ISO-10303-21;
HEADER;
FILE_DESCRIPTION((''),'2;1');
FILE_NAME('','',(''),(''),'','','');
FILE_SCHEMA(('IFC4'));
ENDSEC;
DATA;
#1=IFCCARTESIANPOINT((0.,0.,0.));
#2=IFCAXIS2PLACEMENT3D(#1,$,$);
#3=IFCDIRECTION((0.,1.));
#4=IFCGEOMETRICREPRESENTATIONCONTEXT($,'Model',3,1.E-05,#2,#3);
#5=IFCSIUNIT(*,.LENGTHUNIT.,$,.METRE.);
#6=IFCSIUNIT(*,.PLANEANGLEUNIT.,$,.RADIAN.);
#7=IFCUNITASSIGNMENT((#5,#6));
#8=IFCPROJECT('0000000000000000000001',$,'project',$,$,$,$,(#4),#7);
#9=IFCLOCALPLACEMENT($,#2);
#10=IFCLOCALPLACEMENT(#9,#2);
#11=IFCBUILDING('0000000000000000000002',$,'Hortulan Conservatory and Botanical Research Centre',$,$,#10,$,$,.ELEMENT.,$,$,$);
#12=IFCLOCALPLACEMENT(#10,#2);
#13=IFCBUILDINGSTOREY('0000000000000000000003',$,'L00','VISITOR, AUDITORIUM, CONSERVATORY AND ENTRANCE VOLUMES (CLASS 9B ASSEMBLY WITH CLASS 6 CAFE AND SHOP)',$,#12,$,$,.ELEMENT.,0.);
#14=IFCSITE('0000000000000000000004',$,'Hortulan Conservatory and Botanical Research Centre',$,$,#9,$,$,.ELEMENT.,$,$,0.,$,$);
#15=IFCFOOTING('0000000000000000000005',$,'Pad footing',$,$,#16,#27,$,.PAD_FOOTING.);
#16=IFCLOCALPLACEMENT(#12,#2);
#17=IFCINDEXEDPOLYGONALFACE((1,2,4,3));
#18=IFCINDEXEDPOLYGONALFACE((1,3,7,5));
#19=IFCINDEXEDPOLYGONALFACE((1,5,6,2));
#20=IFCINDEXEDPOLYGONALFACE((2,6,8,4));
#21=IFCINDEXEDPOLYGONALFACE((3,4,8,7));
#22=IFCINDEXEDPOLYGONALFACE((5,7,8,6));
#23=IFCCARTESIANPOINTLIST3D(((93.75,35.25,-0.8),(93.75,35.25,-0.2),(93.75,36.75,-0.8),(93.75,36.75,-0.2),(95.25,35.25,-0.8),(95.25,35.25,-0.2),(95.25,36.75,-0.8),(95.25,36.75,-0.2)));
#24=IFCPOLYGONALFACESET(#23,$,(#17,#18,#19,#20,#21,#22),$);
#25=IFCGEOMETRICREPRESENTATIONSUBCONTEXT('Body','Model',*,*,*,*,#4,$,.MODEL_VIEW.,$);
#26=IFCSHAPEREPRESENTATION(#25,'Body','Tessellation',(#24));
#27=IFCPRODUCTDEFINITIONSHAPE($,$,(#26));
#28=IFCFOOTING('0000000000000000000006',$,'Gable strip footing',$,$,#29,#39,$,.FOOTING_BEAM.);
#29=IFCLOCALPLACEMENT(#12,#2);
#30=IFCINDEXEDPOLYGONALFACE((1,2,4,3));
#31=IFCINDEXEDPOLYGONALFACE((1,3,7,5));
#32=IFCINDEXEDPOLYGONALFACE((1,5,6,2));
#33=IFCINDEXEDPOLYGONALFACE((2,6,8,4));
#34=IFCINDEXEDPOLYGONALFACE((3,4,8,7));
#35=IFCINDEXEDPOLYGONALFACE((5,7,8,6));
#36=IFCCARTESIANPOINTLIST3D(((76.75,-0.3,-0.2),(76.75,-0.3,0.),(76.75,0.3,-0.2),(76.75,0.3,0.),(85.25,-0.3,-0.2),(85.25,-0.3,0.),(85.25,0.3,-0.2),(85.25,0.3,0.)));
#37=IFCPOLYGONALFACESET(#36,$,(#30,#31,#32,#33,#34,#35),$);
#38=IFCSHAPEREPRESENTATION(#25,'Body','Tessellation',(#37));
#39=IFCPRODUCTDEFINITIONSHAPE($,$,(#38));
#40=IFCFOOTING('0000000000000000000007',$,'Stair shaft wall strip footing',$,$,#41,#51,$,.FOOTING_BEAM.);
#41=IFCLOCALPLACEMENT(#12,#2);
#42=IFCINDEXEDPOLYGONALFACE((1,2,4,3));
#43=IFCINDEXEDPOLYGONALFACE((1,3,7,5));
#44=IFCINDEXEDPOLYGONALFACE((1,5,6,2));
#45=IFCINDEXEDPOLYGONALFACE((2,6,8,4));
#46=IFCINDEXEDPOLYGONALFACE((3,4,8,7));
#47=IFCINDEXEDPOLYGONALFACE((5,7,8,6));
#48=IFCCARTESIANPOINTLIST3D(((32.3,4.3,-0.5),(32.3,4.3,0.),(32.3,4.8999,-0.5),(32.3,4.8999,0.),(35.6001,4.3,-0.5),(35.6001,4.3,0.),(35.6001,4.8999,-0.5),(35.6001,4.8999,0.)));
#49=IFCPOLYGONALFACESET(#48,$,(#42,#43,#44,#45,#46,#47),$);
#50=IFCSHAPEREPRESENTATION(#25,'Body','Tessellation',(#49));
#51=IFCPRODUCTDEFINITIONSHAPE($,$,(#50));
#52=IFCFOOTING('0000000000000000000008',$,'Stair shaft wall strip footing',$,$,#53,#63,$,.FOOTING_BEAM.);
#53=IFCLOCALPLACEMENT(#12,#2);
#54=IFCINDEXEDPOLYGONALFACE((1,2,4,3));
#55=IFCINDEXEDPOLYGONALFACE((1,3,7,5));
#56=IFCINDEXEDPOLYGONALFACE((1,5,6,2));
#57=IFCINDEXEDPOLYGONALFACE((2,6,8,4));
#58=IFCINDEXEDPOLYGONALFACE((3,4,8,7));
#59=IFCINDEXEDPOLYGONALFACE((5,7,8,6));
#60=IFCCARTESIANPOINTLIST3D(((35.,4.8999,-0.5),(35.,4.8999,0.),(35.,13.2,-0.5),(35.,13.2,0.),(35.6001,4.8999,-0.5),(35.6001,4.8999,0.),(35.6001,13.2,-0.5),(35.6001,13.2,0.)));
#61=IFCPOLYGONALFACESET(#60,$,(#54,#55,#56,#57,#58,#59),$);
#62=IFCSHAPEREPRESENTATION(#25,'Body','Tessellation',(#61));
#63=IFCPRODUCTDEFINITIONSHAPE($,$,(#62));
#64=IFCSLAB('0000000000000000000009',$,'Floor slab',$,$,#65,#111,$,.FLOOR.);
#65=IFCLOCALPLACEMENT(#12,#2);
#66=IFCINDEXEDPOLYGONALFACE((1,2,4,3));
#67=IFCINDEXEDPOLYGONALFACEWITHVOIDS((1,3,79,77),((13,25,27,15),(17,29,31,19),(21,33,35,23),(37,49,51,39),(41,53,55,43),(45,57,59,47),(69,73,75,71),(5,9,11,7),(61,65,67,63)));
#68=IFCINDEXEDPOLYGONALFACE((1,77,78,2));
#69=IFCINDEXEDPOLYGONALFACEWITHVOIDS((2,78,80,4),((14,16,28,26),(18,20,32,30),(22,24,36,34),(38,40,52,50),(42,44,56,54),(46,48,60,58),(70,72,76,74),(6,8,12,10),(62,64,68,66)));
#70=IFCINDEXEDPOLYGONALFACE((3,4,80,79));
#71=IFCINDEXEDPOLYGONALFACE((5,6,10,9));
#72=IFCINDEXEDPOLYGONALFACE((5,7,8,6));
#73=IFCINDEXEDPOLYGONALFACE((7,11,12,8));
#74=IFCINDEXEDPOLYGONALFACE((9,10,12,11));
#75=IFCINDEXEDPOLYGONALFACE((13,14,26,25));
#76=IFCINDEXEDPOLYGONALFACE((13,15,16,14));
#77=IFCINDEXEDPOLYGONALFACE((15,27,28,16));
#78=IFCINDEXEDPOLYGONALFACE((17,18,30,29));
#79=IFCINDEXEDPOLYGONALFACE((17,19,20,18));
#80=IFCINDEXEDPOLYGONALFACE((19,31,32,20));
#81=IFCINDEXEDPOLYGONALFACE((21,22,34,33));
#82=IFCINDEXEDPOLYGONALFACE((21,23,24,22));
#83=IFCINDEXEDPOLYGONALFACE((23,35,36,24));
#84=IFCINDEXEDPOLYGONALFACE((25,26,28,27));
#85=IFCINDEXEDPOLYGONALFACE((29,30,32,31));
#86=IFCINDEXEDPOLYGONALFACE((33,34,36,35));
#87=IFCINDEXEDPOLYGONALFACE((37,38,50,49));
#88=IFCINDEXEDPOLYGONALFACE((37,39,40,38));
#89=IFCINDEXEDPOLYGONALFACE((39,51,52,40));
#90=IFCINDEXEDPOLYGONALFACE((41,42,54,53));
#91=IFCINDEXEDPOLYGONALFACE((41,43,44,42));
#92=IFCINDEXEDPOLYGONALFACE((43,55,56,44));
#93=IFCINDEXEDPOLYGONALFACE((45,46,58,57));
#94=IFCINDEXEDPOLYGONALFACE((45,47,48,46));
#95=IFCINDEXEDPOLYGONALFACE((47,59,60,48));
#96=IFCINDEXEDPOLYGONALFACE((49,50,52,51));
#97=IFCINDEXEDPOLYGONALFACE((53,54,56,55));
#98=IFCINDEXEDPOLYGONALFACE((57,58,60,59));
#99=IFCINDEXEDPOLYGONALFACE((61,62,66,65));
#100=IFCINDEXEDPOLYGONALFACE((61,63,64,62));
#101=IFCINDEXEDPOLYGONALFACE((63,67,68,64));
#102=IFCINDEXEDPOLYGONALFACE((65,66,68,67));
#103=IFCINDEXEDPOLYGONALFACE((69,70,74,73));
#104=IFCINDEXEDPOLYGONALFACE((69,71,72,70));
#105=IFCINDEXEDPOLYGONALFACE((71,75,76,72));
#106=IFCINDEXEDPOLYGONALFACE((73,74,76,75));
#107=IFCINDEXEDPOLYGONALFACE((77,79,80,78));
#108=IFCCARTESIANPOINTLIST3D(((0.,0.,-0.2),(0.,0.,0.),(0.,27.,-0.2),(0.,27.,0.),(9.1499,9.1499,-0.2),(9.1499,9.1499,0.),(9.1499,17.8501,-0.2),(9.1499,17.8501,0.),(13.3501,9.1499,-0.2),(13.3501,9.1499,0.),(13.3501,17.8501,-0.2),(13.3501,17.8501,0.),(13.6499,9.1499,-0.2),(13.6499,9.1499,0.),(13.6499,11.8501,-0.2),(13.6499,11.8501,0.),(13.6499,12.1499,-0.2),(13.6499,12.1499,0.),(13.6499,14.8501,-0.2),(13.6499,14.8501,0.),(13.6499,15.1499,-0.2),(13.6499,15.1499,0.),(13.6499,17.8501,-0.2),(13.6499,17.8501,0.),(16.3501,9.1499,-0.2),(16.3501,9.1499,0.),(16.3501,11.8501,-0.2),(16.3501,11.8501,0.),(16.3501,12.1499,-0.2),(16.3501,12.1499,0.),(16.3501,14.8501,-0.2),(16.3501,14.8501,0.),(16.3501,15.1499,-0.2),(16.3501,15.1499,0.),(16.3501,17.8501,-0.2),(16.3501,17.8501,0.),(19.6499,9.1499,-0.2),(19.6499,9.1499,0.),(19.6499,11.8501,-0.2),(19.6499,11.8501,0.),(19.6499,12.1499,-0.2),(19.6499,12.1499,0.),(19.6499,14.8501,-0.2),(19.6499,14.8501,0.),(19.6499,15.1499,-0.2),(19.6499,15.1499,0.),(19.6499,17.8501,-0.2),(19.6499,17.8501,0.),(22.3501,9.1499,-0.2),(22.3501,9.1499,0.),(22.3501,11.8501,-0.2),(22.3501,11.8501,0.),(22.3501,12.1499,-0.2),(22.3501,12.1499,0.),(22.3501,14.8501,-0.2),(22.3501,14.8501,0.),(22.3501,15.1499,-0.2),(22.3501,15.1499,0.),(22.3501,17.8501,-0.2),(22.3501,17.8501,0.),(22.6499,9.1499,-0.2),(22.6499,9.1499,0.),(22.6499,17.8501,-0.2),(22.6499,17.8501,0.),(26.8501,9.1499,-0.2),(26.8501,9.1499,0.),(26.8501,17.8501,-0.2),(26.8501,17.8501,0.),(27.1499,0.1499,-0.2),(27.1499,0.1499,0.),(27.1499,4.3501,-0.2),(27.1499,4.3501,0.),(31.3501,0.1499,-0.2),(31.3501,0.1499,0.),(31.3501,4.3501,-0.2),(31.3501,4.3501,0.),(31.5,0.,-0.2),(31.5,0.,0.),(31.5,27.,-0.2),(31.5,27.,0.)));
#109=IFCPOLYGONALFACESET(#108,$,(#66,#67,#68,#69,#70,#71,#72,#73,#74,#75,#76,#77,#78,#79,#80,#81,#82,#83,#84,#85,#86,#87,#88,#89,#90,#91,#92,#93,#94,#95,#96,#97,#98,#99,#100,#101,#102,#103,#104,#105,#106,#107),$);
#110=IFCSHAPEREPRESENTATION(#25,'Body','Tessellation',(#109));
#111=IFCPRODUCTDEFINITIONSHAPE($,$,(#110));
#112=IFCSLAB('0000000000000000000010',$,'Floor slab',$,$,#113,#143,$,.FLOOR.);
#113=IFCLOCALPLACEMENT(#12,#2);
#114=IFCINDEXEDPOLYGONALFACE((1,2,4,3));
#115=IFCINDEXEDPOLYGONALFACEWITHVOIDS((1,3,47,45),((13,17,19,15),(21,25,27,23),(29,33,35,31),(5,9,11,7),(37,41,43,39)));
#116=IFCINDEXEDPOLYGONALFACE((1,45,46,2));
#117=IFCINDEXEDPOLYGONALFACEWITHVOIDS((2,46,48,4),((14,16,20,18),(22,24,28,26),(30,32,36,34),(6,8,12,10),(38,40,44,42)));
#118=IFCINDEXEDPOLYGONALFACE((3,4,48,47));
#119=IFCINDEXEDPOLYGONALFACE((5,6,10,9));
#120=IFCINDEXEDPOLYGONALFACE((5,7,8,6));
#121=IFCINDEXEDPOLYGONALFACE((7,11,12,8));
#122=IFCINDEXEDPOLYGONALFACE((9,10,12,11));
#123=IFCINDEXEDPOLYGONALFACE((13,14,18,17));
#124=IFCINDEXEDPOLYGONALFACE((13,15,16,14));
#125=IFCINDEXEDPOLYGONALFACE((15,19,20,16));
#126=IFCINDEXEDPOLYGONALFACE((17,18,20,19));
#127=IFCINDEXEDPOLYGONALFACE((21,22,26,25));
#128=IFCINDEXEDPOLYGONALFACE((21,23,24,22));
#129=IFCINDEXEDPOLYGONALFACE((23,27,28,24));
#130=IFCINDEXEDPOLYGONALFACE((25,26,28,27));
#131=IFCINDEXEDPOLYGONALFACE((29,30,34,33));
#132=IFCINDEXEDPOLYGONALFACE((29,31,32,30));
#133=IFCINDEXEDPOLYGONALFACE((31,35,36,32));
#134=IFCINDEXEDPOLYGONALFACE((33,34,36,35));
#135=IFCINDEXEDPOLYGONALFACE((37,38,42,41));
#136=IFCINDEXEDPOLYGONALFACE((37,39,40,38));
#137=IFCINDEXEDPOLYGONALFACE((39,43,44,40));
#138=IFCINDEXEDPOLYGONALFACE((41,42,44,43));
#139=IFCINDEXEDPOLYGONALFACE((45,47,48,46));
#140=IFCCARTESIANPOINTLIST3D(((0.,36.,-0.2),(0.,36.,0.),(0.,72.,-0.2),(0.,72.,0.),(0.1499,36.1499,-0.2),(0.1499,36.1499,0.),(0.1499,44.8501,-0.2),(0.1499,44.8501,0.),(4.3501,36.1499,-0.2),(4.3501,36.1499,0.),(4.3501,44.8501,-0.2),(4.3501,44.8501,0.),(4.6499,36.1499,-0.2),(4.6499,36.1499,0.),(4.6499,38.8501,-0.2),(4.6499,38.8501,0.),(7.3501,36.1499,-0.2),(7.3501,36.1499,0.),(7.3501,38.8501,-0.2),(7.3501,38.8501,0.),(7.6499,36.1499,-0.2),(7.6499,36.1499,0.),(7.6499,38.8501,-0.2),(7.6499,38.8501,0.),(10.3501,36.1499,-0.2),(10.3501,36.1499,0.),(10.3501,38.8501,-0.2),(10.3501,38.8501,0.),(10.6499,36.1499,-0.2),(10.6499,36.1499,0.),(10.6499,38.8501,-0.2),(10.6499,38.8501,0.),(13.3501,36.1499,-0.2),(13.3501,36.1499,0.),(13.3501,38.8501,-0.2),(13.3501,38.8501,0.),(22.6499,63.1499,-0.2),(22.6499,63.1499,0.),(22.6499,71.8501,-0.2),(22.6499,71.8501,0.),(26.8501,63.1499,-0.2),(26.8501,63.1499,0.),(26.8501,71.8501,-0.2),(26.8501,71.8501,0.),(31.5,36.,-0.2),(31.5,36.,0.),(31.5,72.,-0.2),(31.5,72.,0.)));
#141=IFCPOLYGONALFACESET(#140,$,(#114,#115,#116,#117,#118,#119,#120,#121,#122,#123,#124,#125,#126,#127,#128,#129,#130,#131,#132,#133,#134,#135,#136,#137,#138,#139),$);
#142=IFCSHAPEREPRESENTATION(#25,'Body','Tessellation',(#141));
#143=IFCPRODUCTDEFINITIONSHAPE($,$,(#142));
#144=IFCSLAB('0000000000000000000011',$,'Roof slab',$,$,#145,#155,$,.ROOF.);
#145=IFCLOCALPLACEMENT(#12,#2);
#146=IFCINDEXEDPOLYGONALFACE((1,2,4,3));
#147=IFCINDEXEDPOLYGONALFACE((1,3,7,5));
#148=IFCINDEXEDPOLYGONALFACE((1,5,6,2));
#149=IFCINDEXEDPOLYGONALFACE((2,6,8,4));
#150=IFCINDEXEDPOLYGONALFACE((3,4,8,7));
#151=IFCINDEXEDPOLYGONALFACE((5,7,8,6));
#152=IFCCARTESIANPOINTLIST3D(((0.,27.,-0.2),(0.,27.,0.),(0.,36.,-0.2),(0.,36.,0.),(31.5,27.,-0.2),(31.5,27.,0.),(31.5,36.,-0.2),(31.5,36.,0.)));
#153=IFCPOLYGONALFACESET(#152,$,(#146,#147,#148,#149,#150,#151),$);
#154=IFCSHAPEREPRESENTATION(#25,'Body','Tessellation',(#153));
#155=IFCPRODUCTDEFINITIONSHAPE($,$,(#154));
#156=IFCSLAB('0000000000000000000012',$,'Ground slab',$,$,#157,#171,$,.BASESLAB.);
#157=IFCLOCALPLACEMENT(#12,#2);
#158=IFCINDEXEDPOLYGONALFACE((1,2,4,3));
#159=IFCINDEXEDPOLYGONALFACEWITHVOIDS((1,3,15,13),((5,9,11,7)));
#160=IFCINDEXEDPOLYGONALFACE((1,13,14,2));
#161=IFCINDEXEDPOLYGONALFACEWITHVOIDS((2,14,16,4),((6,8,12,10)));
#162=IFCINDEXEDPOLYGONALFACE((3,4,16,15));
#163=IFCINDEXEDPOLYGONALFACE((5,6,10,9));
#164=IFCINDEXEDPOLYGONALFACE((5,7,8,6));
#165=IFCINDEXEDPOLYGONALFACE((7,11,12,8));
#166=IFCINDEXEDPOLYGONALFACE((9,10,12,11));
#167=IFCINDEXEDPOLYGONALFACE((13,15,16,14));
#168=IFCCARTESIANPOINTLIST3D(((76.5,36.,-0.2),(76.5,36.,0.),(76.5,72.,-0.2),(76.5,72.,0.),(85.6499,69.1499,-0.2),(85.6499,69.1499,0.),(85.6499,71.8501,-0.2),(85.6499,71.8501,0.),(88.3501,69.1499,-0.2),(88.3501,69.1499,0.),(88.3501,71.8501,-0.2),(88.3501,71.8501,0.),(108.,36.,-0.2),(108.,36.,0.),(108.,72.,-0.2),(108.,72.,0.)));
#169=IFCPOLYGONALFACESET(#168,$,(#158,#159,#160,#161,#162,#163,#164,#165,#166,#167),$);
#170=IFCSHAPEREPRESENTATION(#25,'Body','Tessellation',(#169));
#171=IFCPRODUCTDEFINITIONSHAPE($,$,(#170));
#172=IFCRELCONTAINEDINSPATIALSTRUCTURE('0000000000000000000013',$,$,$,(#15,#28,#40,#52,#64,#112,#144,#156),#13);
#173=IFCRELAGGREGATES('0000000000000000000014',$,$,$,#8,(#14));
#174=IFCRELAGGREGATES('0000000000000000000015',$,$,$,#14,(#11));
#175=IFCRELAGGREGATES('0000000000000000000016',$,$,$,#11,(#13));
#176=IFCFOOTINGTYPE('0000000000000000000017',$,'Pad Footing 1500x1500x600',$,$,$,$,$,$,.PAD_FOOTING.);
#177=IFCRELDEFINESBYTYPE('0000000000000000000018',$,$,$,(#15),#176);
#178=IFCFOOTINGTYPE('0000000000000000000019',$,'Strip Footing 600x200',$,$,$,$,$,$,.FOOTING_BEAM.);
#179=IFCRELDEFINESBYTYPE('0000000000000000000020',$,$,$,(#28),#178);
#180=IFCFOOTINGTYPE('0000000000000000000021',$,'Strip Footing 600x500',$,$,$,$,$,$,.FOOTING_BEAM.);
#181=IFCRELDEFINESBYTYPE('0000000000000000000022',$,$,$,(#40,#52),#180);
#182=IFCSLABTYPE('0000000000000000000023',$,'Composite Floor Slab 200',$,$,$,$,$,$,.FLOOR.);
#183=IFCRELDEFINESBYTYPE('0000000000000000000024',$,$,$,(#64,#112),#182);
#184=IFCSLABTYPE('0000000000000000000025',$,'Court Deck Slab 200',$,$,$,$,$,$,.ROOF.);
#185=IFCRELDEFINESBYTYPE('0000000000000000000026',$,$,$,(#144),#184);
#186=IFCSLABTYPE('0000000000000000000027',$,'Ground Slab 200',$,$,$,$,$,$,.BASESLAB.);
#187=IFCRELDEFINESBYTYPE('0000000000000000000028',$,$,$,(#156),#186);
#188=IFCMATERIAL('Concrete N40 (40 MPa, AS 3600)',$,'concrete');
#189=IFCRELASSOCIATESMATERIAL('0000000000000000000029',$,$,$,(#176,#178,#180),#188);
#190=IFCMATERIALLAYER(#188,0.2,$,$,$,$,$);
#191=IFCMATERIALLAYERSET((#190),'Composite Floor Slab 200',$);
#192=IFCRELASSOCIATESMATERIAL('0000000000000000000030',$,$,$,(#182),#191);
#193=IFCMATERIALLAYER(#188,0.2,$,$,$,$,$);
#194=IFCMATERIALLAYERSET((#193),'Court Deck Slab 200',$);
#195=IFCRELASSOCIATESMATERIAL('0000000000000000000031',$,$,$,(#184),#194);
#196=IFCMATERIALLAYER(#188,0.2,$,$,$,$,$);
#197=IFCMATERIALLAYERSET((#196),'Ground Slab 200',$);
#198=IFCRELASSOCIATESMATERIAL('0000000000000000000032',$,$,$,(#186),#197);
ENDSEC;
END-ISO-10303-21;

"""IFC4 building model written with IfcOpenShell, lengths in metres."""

from ifc_helpers import new_model, si_unit, direction, frame, origin, place, context, subcontext, project, spatial, polyline, outline, extrude, material, layer, layer_set, type_object, element, save


model = new_model("IFC4")

# Units and contexts
model_context = context("Model", 3, precision=1e-05, world=origin(), true_north=direction((0.0, 1.0)))
body_context = subcontext(model_context, "Body", "Model", "MODEL_VIEW")
ifc_project = project(units=[si_unit("LENGTHUNIT", "METRE"), si_unit("PLANEANGLEUNIT", "RADIAN")], contexts=[model_context])

# Site, building, storey
site_placement = place(None, origin())
site = spatial("IfcSite", under=ifc_project, at=site_placement, Name="Hortulan Conservatory and Botanical Research Centre", CompositionType="ELEMENT", RefElevation=0.0)
building_placement = place(site_placement, origin())
building = spatial("IfcBuilding", under=site, at=building_placement, Name="Hortulan Conservatory and Botanical Research Centre", CompositionType="ELEMENT")
storey_placement = place(building_placement, origin())
storey = spatial("IfcBuildingStorey", under=building, at=storey_placement, Name="L00", Description="VISITOR, AUDITORIUM, CONSERVATORY AND ENTRANCE VOLUMES (CLASS 9B ASSEMBLY WITH CLASS 6 CAFE AND SHOP)", CompositionType="ELEMENT", Elevation=0.0)

# Footings
ifc_material = material(Name="Concrete N40 (40 MPa, AS 3600)", Category="concrete")
footing_type_1 = type_object("IfcFootingType", Name="Pad Footing 1500x1500x600", PredefinedType="PAD_FOOTING", material=ifc_material)
footing_1_placement = place(storey_placement, frame((0.0, 0.0, -0.8)))
element("IfcFooting", 1, at=footing_1_placement, inside=storey, type_object=footing_type_1, Name="Pad footing", PredefinedType="PAD_FOOTING", context=body_context, shape_type="SweptSolid", body=[
    extrude(outline(polyline([(93.75, 35.25), (95.25, 35.25), (95.25, 36.75), (93.75, 36.75), (93.75, 35.25)])), origin(), (0.0, 0.0, 1.0), 0.6001),
])
footing_type_2 = type_object("IfcFootingType", Name="Strip Footing 600x200", PredefinedType="FOOTING_BEAM", material=ifc_material)
footing_2_placement = place(storey_placement, frame((0.0, 0.0, -0.2)))
element("IfcFooting", 2, at=footing_2_placement, inside=storey, type_object=footing_type_2, Name="Gable strip footing", PredefinedType="FOOTING_BEAM", context=body_context, shape_type="SweptSolid", body=[
    extrude(outline(polyline([(85.25, -0.3), (85.25, 0.3), (76.75, 0.3), (76.75, -0.3), (85.25, -0.3)])), origin(), (0.0, 0.0, 1.0), 0.2),
])
footing_type_3 = type_object("IfcFootingType", Name="Strip Footing 600x500", PredefinedType="FOOTING_BEAM", material=ifc_material)
footing_3_placement = place(storey_placement, frame((0.0, 0.0, -0.5)))
element("IfcFooting", 3, at=footing_3_placement, inside=storey, type_object=footing_type_3, Name="Stair shaft wall strip footing", PredefinedType="FOOTING_BEAM", context=body_context, shape_type="SweptSolid", body=[
    extrude(outline(polyline([(35.6001, 4.3), (35.6001, 4.8999), (32.3, 4.8999), (32.3, 4.3), (35.6001, 4.3)])), origin(), (0.0, 0.0, 1.0), 0.5),
])
footing_4_placement = place(storey_placement, frame((0.0, 0.0, -0.5)))
element("IfcFooting", 4, at=footing_4_placement, inside=storey, type_object=footing_type_3, Name="Stair shaft wall strip footing", PredefinedType="FOOTING_BEAM", context=body_context, shape_type="SweptSolid", body=[
    extrude(outline(polyline([(35.6001, 4.8999), (35.6001, 13.2), (35.0, 13.2), (35.0, 4.8999), (35.6001, 4.8999)])), origin(), (0.0, 0.0, 1.0), 0.5),
])

# Slabs
ifc_layer_1 = layer(ifc_material, 0.2)
ifc_layer_set_1 = layer_set([ifc_layer_1], Name="Composite Floor Slab 200")
slab_type_1 = type_object("IfcSlabType", Name="Composite Floor Slab 200", PredefinedType="FLOOR", material=ifc_layer_set_1)
slab_1_placement = place(storey_placement, frame((0.0, 0.0, -0.2)))
element("IfcSlab", 5, at=slab_1_placement, inside=storey, type_object=slab_type_1, Name="Floor slab", PredefinedType="FLOOR", context=body_context, shape_type="SweptSolid", body=[
    extrude(outline(polyline([(0.0, 0.0), (31.5, 0.0), (31.5, 27.0), (0.0, 27.0), (0.0, 0.0)]), holes=[polyline([(27.1499, 4.3501), (27.1499, 0.1499), (31.3501, 0.1499), (31.3501, 4.3501), (27.1499, 4.3501)]), polyline([(13.6499, 11.8501), (13.6499, 9.1499), (16.3501, 9.1499), (16.3501, 11.8501), (13.6499, 11.8501)]), polyline([(19.6499, 11.8501), (19.6499, 9.1499), (22.3501, 9.1499), (22.3501, 11.8501), (19.6499, 11.8501)]), polyline([(9.1499, 17.8501), (9.1499, 9.1499), (13.3501, 9.1499), (13.3501, 17.8501), (9.1499, 17.8501)]), polyline([(13.6499, 14.8501), (13.6499, 12.1499), (16.3501, 12.1499), (16.3501, 14.8501), (13.6499, 14.8501)]), polyline([(19.6499, 14.8501), (19.6499, 12.1499), (22.3501, 12.1499), (22.3501, 14.8501), (19.6499, 14.8501)]), polyline([(22.6499, 17.8501), (22.6499, 9.1499), (26.8501, 9.1499), (26.8501, 17.8501), (22.6499, 17.8501)]), polyline([(16.3501, 17.8501), (13.6499, 17.8501), (13.6499, 15.1499), (16.3501, 15.1499), (16.3501, 17.8501)]), polyline([(22.3501, 17.8501), (19.6499, 17.8501), (19.6499, 15.1499), (22.3501, 15.1499), (22.3501, 17.8501)])]), origin(), (0.0, 0.0, 1.0), 0.2),
])
slab_2_placement = place(storey_placement, frame((0.0, 0.0, -0.2)))
element("IfcSlab", 6, at=slab_2_placement, inside=storey, type_object=slab_type_1, Name="Floor slab", PredefinedType="FLOOR", context=body_context, shape_type="SweptSolid", body=[
    extrude(outline(polyline([(0.0, 36.0), (31.5, 36.0), (31.5, 72.0), (0.0, 72.0), (0.0, 36.0)]), holes=[polyline([(4.6499, 36.1499), (7.3501, 36.1499), (7.3501, 38.8501), (4.6499, 38.8501), (4.6499, 36.1499)]), polyline([(7.6499, 36.1499), (10.3501, 36.1499), (10.3501, 38.8501), (7.6499, 38.8501), (7.6499, 36.1499)]), polyline([(10.6499, 36.1499), (13.3501, 36.1499), (13.3501, 38.8501), (10.6499, 38.8501), (10.6499, 36.1499)]), polyline([(0.1499, 44.8501), (0.1499, 36.1499), (4.3501, 36.1499), (4.3501, 44.8501), (0.1499, 44.8501)]), polyline([(22.6499, 71.8501), (22.6499, 63.1499), (26.8501, 63.1499), (26.8501, 71.8501), (22.6499, 71.8501)])]), origin(), (0.0, 0.0, 1.0), 0.2),
])
ifc_layer_2 = layer(ifc_material, 0.2)
ifc_layer_set_2 = layer_set([ifc_layer_2], Name="Court Deck Slab 200")
slab_type_2 = type_object("IfcSlabType", Name="Court Deck Slab 200", PredefinedType="ROOF", material=ifc_layer_set_2)
slab_3_placement = place(storey_placement, frame((0.0, 0.0, -0.2)))
element("IfcSlab", 7, at=slab_3_placement, inside=storey, type_object=slab_type_2, Name="Roof slab", PredefinedType="ROOF", context=body_context, shape_type="SweptSolid", body=[
    extrude(outline(polyline([(31.5, 27.0), (31.5, 36.0), (0.0, 36.0), (0.0, 27.0), (31.5, 27.0)])), origin(), (0.0, 0.0, 1.0), 0.2),
])
ifc_layer_3 = layer(ifc_material, 0.2)
ifc_layer_set_3 = layer_set([ifc_layer_3], Name="Ground Slab 200")
slab_type_3 = type_object("IfcSlabType", Name="Ground Slab 200", PredefinedType="BASESLAB", material=ifc_layer_set_3)
slab_4_placement = place(storey_placement, frame((0.0, 0.0, -0.2)))
element("IfcSlab", 8, at=slab_4_placement, inside=storey, type_object=slab_type_3, Name="Ground slab", PredefinedType="BASESLAB", context=body_context, shape_type="SweptSolid", body=[
    extrude(outline(polyline([(76.5, 36.0), (108.0, 36.0), (108.0, 72.0), (76.5, 72.0), (76.5, 36.0)]), holes=[polyline([(88.3501, 71.8501), (85.6499, 71.8501), (85.6499, 69.1499), (88.3501, 69.1499), (88.3501, 71.8501)])]), origin(), (0.0, 0.0, 1.0), 0.2),
])

save(model, "model.ifc")
